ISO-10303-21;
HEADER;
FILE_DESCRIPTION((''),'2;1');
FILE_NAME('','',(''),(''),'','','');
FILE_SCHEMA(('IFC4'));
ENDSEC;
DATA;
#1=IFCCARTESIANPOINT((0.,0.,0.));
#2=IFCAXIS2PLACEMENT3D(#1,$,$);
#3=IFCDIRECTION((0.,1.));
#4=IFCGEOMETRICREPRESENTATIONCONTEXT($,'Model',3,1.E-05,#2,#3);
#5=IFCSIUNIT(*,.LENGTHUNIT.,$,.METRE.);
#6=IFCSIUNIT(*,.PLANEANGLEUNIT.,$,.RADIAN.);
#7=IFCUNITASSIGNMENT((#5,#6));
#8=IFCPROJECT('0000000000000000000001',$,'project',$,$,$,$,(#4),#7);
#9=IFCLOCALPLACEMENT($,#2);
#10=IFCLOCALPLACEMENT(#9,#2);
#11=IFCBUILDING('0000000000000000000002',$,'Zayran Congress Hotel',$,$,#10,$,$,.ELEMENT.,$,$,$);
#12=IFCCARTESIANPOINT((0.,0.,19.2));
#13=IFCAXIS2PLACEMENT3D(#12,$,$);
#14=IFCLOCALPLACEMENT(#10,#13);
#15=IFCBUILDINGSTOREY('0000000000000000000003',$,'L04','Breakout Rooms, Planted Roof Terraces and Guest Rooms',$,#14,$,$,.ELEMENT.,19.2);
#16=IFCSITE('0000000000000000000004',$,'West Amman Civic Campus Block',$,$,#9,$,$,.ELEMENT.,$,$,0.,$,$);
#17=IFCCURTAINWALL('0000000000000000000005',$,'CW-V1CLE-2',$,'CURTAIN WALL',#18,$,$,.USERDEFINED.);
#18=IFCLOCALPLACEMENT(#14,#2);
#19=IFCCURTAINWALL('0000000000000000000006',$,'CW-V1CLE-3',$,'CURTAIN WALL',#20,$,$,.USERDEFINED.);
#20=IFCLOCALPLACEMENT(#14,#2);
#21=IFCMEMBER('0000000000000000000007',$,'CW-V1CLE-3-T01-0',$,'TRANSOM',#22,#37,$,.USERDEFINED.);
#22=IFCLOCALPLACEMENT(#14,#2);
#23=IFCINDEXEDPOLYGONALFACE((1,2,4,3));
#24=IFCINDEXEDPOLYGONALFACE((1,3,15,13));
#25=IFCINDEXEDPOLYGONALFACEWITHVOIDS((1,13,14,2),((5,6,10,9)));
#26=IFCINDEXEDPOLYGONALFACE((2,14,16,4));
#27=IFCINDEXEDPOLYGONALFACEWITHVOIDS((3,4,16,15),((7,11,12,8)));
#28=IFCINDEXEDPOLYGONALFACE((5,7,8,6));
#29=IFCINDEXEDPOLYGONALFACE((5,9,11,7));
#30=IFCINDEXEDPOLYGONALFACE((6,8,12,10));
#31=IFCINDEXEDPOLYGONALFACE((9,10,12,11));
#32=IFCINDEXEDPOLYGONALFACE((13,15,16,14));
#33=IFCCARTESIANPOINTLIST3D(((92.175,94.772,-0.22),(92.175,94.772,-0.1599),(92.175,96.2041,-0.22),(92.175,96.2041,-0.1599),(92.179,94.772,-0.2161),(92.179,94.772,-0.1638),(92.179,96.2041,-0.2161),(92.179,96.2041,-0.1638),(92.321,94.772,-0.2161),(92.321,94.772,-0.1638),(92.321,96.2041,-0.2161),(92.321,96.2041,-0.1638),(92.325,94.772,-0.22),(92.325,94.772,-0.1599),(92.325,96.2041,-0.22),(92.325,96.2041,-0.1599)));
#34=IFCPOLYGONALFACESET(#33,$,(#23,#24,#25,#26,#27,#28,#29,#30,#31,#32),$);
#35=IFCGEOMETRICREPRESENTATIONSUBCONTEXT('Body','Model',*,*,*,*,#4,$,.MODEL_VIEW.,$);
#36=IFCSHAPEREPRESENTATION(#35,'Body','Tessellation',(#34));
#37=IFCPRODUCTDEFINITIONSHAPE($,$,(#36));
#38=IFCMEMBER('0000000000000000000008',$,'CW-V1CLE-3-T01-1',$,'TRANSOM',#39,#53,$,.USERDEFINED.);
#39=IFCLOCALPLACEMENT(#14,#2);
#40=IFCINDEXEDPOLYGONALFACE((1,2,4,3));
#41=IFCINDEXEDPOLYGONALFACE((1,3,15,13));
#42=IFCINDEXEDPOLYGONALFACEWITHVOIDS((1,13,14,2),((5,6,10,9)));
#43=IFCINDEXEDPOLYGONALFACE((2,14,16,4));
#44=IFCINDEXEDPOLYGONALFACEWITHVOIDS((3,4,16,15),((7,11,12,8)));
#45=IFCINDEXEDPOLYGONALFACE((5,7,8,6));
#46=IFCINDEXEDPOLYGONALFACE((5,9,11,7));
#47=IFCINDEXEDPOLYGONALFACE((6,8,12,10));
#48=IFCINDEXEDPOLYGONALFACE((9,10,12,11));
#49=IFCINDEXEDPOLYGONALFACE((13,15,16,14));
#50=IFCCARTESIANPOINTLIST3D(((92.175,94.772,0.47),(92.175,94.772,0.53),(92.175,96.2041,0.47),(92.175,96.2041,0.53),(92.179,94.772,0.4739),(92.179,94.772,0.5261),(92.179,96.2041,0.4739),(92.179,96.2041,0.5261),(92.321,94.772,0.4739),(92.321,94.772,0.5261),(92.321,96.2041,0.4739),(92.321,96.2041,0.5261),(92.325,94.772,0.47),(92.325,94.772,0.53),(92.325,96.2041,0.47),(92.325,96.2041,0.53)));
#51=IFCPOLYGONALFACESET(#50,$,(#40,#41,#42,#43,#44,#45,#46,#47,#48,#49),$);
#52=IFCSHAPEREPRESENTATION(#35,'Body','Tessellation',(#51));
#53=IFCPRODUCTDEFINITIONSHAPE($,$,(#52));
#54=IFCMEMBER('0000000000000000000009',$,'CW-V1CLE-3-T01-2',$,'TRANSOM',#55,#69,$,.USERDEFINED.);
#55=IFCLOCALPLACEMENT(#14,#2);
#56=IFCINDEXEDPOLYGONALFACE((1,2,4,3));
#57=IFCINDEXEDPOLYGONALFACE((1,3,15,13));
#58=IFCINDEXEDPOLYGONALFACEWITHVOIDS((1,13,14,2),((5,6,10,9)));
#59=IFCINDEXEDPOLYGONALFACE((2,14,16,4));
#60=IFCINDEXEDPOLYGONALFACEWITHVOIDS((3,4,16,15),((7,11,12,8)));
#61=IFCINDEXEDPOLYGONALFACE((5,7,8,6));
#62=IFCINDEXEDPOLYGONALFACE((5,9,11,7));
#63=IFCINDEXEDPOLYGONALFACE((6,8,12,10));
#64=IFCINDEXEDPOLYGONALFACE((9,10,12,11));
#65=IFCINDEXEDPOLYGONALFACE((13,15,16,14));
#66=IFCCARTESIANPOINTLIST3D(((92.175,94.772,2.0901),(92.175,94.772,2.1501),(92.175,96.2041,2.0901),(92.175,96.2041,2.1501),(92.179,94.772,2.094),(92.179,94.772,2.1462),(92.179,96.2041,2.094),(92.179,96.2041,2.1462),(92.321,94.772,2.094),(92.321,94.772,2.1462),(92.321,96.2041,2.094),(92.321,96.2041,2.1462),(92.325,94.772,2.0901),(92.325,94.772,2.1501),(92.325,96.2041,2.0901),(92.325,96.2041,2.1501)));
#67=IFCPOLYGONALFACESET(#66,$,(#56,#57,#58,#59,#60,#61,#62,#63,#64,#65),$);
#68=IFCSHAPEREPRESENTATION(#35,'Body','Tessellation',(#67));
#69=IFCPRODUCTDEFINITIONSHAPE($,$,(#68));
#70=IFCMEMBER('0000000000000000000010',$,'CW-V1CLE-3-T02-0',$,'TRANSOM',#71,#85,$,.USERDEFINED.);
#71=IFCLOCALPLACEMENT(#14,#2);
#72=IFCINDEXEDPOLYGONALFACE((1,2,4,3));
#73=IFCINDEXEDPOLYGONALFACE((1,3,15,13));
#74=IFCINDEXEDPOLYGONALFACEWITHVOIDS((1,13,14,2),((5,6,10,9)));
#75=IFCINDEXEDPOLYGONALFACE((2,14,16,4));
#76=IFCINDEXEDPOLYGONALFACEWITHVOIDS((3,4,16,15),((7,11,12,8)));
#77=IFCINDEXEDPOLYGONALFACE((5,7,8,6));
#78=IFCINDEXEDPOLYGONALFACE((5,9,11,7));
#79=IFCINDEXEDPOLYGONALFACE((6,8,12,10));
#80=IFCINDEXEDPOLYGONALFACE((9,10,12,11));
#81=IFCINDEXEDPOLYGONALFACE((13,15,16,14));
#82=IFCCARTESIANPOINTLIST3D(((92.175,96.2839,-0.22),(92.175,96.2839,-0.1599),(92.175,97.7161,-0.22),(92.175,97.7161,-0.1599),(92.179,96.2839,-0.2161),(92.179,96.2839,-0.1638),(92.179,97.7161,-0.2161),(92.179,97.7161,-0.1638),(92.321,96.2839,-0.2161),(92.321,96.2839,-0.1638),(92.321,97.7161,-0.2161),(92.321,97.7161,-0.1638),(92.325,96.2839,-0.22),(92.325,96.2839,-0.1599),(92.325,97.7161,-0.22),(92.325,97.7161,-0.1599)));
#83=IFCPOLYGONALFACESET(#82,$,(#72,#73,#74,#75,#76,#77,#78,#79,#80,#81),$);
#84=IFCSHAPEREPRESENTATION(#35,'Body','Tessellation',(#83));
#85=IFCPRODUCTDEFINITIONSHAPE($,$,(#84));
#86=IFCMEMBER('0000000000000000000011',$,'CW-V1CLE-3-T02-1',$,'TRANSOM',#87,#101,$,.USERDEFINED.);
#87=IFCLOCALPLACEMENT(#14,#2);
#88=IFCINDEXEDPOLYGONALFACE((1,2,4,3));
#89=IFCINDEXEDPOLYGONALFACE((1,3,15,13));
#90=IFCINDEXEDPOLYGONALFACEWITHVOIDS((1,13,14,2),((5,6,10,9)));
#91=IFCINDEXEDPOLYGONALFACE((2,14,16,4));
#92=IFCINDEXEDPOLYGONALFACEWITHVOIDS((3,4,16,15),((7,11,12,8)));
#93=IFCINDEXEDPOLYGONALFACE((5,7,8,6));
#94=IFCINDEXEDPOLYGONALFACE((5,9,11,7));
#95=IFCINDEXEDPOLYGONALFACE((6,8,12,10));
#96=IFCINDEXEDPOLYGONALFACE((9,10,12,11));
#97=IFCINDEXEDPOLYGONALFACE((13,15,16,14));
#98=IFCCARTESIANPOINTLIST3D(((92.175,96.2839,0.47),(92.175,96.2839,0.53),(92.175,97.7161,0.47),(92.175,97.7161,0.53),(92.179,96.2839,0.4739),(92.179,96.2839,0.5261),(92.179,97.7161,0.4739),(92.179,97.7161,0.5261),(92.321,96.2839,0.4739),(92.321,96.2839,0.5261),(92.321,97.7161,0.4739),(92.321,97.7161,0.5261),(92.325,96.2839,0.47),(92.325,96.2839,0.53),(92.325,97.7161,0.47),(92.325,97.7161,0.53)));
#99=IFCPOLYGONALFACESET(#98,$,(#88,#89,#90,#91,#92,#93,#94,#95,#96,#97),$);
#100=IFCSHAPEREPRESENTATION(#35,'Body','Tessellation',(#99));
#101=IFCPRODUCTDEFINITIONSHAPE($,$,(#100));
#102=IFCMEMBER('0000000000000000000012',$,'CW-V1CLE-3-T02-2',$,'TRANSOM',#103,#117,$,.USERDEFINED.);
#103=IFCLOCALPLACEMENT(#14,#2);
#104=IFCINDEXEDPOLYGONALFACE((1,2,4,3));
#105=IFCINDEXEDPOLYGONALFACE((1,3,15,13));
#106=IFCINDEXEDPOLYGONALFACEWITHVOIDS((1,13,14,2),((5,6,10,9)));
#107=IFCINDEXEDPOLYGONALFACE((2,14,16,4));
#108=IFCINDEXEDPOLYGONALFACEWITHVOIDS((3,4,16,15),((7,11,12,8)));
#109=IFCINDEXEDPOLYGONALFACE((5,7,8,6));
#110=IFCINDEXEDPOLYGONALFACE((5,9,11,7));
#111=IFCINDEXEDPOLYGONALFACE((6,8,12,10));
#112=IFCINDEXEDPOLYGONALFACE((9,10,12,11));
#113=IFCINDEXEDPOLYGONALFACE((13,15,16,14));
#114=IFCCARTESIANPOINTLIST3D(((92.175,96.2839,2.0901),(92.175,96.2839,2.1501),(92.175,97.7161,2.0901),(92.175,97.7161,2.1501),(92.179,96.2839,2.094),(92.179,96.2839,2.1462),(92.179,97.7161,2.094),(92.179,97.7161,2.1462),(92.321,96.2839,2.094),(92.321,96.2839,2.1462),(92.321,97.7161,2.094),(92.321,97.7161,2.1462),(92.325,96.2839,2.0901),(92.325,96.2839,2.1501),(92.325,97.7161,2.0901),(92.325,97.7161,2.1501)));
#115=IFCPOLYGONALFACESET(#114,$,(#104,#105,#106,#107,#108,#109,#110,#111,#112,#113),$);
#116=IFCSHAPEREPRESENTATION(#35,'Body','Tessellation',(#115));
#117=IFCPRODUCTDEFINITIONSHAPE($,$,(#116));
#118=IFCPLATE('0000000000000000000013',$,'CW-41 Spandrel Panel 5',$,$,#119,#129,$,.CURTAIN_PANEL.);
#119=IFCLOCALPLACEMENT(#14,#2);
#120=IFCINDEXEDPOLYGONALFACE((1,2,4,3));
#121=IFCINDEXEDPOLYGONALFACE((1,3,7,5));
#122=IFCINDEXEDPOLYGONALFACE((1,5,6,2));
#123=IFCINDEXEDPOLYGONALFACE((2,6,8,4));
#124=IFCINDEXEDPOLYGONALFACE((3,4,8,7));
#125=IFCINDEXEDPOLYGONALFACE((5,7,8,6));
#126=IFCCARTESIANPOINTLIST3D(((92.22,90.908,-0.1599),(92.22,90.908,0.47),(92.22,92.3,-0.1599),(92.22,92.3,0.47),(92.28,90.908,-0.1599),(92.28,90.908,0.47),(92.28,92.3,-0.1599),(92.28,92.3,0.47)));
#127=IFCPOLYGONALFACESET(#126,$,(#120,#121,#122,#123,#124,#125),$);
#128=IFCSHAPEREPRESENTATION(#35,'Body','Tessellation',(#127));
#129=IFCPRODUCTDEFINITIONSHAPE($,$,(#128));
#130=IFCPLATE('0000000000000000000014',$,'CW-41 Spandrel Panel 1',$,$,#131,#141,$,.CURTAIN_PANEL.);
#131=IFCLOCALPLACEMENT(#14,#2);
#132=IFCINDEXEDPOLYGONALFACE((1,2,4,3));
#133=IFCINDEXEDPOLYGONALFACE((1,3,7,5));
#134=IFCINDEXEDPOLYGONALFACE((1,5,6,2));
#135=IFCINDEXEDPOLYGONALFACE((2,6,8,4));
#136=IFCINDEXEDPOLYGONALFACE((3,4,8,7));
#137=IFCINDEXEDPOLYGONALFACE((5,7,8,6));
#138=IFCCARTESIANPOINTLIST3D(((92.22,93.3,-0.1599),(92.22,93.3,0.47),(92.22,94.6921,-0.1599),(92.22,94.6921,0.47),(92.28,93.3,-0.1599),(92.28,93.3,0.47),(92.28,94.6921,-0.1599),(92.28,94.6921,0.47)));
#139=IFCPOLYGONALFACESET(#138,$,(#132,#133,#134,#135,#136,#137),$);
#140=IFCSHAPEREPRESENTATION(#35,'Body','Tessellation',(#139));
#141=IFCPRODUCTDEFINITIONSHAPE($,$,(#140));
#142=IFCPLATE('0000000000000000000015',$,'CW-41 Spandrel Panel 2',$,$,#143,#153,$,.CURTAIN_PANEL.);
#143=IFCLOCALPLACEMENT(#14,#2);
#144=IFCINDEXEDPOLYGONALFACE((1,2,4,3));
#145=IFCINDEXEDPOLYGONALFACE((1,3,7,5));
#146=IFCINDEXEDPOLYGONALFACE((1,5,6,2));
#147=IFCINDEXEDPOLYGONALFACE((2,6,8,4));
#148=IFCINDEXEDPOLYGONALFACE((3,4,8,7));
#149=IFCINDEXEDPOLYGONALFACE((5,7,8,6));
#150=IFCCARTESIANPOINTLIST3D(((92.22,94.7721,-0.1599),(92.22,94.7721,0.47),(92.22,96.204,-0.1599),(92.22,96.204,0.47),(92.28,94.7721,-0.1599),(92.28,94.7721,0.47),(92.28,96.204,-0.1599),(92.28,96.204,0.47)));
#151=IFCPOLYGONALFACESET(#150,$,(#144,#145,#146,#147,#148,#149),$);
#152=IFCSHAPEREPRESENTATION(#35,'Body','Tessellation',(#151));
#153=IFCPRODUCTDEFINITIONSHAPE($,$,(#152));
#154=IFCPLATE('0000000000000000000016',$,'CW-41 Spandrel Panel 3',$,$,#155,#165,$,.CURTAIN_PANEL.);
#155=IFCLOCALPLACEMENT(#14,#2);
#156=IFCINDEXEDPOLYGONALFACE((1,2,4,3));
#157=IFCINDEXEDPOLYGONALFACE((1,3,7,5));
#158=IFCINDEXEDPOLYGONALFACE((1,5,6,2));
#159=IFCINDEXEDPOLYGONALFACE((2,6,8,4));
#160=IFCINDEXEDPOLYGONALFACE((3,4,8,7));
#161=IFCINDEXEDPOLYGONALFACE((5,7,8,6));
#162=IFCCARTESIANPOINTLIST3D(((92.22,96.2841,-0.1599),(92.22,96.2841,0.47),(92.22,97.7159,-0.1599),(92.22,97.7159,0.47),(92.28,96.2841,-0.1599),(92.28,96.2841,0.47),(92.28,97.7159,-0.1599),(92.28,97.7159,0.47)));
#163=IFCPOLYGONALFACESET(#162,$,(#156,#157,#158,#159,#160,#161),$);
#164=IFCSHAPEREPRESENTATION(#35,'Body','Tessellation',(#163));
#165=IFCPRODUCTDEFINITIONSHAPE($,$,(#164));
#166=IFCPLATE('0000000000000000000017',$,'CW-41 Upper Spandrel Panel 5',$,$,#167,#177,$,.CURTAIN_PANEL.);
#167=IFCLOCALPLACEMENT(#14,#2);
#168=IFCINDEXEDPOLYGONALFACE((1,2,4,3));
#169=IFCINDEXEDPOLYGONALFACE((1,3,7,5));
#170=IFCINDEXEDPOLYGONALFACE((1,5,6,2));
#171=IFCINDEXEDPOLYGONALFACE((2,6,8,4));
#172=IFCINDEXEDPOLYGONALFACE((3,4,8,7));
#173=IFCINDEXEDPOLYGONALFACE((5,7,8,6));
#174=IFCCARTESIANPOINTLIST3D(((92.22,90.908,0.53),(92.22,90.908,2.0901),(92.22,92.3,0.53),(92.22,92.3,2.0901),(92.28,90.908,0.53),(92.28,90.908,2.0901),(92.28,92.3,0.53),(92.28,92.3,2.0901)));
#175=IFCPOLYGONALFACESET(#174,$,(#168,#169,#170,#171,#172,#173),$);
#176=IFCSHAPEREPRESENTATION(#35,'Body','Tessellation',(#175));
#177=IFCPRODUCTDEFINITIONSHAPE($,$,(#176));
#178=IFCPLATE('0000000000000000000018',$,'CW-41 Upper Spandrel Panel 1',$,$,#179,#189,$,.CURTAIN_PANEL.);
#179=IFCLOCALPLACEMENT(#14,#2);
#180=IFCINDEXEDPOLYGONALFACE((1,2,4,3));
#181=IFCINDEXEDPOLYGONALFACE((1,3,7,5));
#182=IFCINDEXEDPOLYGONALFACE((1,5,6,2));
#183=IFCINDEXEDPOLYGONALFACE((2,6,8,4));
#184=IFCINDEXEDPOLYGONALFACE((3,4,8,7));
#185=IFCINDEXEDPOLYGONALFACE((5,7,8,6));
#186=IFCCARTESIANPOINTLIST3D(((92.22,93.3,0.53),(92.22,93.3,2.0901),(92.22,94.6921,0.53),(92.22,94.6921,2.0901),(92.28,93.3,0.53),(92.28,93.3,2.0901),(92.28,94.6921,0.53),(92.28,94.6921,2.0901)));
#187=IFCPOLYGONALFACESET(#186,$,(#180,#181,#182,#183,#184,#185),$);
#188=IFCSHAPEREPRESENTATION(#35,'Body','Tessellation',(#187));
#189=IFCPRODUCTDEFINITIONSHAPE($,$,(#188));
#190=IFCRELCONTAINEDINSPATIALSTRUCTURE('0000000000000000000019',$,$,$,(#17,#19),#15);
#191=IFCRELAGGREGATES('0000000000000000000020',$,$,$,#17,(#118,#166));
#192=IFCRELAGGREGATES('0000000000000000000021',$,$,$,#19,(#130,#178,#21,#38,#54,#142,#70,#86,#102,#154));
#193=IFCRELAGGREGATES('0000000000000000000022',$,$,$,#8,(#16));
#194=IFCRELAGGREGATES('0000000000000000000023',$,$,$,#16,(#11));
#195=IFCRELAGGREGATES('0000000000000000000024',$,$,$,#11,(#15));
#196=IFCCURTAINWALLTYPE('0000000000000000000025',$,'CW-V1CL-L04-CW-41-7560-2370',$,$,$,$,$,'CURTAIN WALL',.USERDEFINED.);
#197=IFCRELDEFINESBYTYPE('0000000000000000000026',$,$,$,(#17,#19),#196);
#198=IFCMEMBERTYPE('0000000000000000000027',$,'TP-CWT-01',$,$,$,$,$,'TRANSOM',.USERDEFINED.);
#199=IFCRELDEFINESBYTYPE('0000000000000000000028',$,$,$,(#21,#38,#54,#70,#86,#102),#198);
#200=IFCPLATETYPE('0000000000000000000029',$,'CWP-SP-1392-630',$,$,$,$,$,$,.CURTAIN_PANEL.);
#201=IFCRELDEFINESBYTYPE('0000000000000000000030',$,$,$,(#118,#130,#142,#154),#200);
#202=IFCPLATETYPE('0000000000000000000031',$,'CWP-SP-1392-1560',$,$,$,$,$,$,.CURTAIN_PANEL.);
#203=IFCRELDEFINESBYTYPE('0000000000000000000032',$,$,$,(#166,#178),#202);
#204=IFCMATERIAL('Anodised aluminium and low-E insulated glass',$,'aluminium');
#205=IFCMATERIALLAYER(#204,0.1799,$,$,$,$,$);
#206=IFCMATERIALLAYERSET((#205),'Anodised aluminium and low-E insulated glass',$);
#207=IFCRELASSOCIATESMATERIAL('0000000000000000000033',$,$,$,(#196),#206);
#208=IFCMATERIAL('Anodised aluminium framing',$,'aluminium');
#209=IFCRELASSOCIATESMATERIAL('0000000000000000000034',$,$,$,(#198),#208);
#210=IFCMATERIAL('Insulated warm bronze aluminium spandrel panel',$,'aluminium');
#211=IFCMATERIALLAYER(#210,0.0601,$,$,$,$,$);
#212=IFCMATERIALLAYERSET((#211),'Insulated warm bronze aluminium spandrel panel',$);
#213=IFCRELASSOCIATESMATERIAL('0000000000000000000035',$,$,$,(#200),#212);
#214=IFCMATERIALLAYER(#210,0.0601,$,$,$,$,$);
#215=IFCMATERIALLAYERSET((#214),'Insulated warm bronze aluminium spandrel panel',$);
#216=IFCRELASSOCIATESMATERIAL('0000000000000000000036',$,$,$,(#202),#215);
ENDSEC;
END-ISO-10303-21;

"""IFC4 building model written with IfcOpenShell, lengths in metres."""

from ifc_helpers import new_model, si_unit, direction, frame, origin, origin_2d, place, context, subcontext, project, spatial, rectangle, hollow_rectangle, extrude, material, layer, layer_set, material_profile, profile_set, type_object, element, aggregate, save


model = new_model("IFC4")

# Units and contexts
model_context = context("Model", 3, precision=1e-05, world=origin(), true_north=direction((0.0, 1.0)))
body_context = subcontext(model_context, "Body", "Model", "MODEL_VIEW")
ifc_project = project(units=[si_unit("LENGTHUNIT", "METRE"), si_unit("PLANEANGLEUNIT", "RADIAN")], contexts=[model_context])

# Site, building, storey
site_placement = place(None, origin())
site = spatial("IfcSite", under=ifc_project, at=site_placement, Name="West Amman Civic Campus Block", CompositionType="ELEMENT", RefElevation=0.0)
building_placement = place(site_placement, origin())
building = spatial("IfcBuilding", under=site, at=building_placement, Name="Zayran Congress Hotel", CompositionType="ELEMENT")
storey_placement = place(building_placement, frame((0.0, 0.0, 19.2)))
storey = spatial("IfcBuildingStorey", under=building, at=storey_placement, Name="L04", Description="Breakout Rooms, Planted Roof Terraces and Guest Rooms", CompositionType="ELEMENT", Elevation=19.2)

# Curtain walls
ifc_material_1 = material(Name="Anodised aluminium and low-E insulated glass", Category="aluminium")
ifc_layer_1 = layer(ifc_material_1, 0.1799)
ifc_layer_set_1 = layer_set([ifc_layer_1], Name="Anodised aluminium and low-E insulated glass")
curtain_wall_type = type_object("IfcCurtainWallType", Name="CW-V1CL-L04-CW-41-7560-2370", ElementType="CURTAIN WALL", PredefinedType="USERDEFINED", material=ifc_layer_set_1)
curtain_wall_1_placement = place(storey_placement, origin())
curtain_wall_1 = element("IfcCurtainWall", 1, at=curtain_wall_1_placement, inside=storey, type_object=curtain_wall_type, Name="CW-V1CLE-2", ObjectType="CURTAIN WALL", PredefinedType="USERDEFINED")
ifc_material_2 = material(Name="Anodised aluminium framing", Category="aluminium")
curtain_wall_2_placement = place(storey_placement, origin())
curtain_wall_2 = element("IfcCurtainWall", 2, at=curtain_wall_2_placement, inside=storey, type_object=curtain_wall_type, Name="CW-V1CLE-3", ObjectType="CURTAIN WALL", PredefinedType="USERDEFINED")

# Members
ifc_material_profile_1 = material_profile(ifc_material_2, hollow_rectangle(XDim=0.0601, YDim=0.1499, WallThickness=0.0039, at=origin_2d()), Name="RHS 150x60x4")
ifc_profile_set_1 = profile_set([ifc_material_profile_1], Name="Anodised aluminium framing")
member_type_1 = type_object("IfcMemberType", Name="TP-CWT-01", ElementType="TRANSOM", PredefinedType="USERDEFINED", material=ifc_profile_set_1)
member_1_placement = place(storey_placement, frame((92.25, 94.772, -0.1899), z_axis=(0.0, 1.0, 0.0), x_axis=(0.0, 0.0, 1.0)))
member_1 = element("IfcMember", 3, at=member_1_placement, type_object=member_type_1, Name="CW-V1CLE-3-T01-0", ObjectType="TRANSOM", PredefinedType="USERDEFINED", context=body_context, shape_type="SweptSolid", body=[
    extrude(hollow_rectangle(XDim=0.0601, YDim=0.1499, WallThickness=0.0039, at=origin_2d()), origin(), (0.0, 0.0, 1.0), 1.4321),
])
member_2_placement = place(storey_placement, frame((92.25, 94.772, 0.5), z_axis=(0.0, 1.0, 0.0), x_axis=(0.0, 0.0, 1.0)))
member_2 = element("IfcMember", 4, at=member_2_placement, type_object=member_type_1, Name="CW-V1CLE-3-T01-1", ObjectType="TRANSOM", PredefinedType="USERDEFINED", context=body_context, shape_type="SweptSolid", body=[
    extrude(hollow_rectangle(XDim=0.0601, YDim=0.1499, WallThickness=0.0039, at=origin_2d()), origin(), (0.0, 0.0, 1.0), 1.4321),
])
member_3_placement = place(storey_placement, frame((92.25, 94.772, 2.1201), z_axis=(0.0, 1.0, 0.0), x_axis=(0.0, 0.0, 1.0)))
member_3 = element("IfcMember", 5, at=member_3_placement, type_object=member_type_1, Name="CW-V1CLE-3-T01-2", ObjectType="TRANSOM", PredefinedType="USERDEFINED", context=body_context, shape_type="SweptSolid", body=[
    extrude(hollow_rectangle(XDim=0.0601, YDim=0.1499, WallThickness=0.0039, at=origin_2d()), origin(), (0.0, 0.0, 1.0), 1.4321),
])
member_4_placement = place(storey_placement, frame((92.25, 96.2839, -0.1899), z_axis=(0.0, 1.0, 0.0), x_axis=(0.0, 0.0, 1.0)))
member_4 = element("IfcMember", 6, at=member_4_placement, type_object=member_type_1, Name="CW-V1CLE-3-T02-0", ObjectType="TRANSOM", PredefinedType="USERDEFINED", context=body_context, shape_type="SweptSolid", body=[
    extrude(hollow_rectangle(XDim=0.0601, YDim=0.1499, WallThickness=0.0039, at=origin_2d()), origin(), (0.0, 0.0, 1.0), 1.4321),
])
member_5_placement = place(storey_placement, frame((92.25, 96.2839, 0.5), z_axis=(0.0, 1.0, 0.0), x_axis=(0.0, 0.0, 1.0)))
member_5 = element("IfcMember", 7, at=member_5_placement, type_object=member_type_1, Name="CW-V1CLE-3-T02-1", ObjectType="TRANSOM", PredefinedType="USERDEFINED", context=body_context, shape_type="SweptSolid", body=[
    extrude(hollow_rectangle(XDim=0.0601, YDim=0.1499, WallThickness=0.0039, at=origin_2d()), origin(), (0.0, 0.0, 1.0), 1.4321),
])
member_6_placement = place(storey_placement, frame((92.25, 96.2839, 2.1201), z_axis=(0.0, 1.0, 0.0), x_axis=(0.0, 0.0, 1.0)))
member_6 = element("IfcMember", 8, at=member_6_placement, type_object=member_type_1, Name="CW-V1CLE-3-T02-2", ObjectType="TRANSOM", PredefinedType="USERDEFINED", context=body_context, shape_type="SweptSolid", body=[
    extrude(hollow_rectangle(XDim=0.0601, YDim=0.1499, WallThickness=0.0039, at=origin_2d()), origin(), (0.0, 0.0, 1.0), 1.4321),
])

# Plates
ifc_material_3 = material(Name="Insulated warm bronze aluminium spandrel panel", Category="aluminium")
ifc_layer_2 = layer(ifc_material_3, 0.0601)
ifc_layer_set_2 = layer_set([ifc_layer_2], Name="Insulated warm bronze aluminium spandrel panel")
plate_type_1 = type_object("IfcPlateType", Name="CWP-SP-1392-630", PredefinedType="CURTAIN_PANEL", material=ifc_layer_set_2)
plate_1_placement = place(storey_placement, frame((92.25, 91.604, -0.1599), z_axis=(0.0, 0.0, 1.0), x_axis=(0.0, 1.0, 0.0)))
plate_1 = element("IfcPlate", 9, at=plate_1_placement, type_object=plate_type_1, Name="CW-41 Spandrel Panel 5", PredefinedType="CURTAIN_PANEL", context=body_context, shape_type="SweptSolid", body=[
    extrude(rectangle(XDim=1.3921, YDim=0.0601, at=origin_2d()), origin(), (0.0, 0.0, 1.0), 0.6299),
])
plate_2_placement = place(storey_placement, frame((92.25, 93.9961, -0.1599), z_axis=(0.0, 0.0, 1.0), x_axis=(0.0, 1.0, 0.0)))
plate_2 = element("IfcPlate", 10, at=plate_2_placement, type_object=plate_type_1, Name="CW-41 Spandrel Panel 1", PredefinedType="CURTAIN_PANEL", context=body_context, shape_type="SweptSolid", body=[
    extrude(rectangle(XDim=1.3921, YDim=0.0601, at=origin_2d()), origin(), (0.0, 0.0, 1.0), 0.6299),
])
plate_3_placement = place(storey_placement, frame((92.25, 95.488, -0.1599), z_axis=(0.0, 0.0, 1.0), x_axis=(0.0, 1.0, 0.0)))
plate_3 = element("IfcPlate", 11, at=plate_3_placement, type_object=plate_type_1, Name="CW-41 Spandrel Panel 2", PredefinedType="CURTAIN_PANEL", context=body_context, shape_type="SweptSolid", body=[
    extrude(rectangle(XDim=1.4319, YDim=0.0601, at=origin_2d()), origin(), (0.0, 0.0, 1.0), 0.6299),
])
plate_4_placement = place(storey_placement, frame((92.25, 97.0, -0.1599), z_axis=(0.0, 0.0, 1.0), x_axis=(0.0, 1.0, 0.0)))
plate_4 = element("IfcPlate", 12, at=plate_4_placement, type_object=plate_type_1, Name="CW-41 Spandrel Panel 3", PredefinedType="CURTAIN_PANEL", context=body_context, shape_type="SweptSolid", body=[
    extrude(rectangle(XDim=1.4319, YDim=0.0601, at=origin_2d()), origin(), (0.0, 0.0, 1.0), 0.6299),
])
ifc_layer_3 = layer(ifc_material_3, 0.0601)
ifc_layer_set_3 = layer_set([ifc_layer_3], Name="Insulated warm bronze aluminium spandrel panel")
plate_type_2 = type_object("IfcPlateType", Name="CWP-SP-1392-1560", PredefinedType="CURTAIN_PANEL", material=ifc_layer_set_3)
plate_5_placement = place(storey_placement, frame((92.25, 91.604, 0.53), z_axis=(0.0, 0.0, 1.0), x_axis=(0.0, 1.0, 0.0)))
plate_5 = element("IfcPlate", 13, at=plate_5_placement, type_object=plate_type_2, Name="CW-41 Upper Spandrel Panel 5", PredefinedType="CURTAIN_PANEL", context=body_context, shape_type="SweptSolid", body=[
    extrude(rectangle(XDim=1.3921, YDim=0.0601, at=origin_2d()), origin(), (0.0, 0.0, 1.0), 1.5601),
])
aggregate(curtain_wall_1, [plate_1, plate_5])
plate_6_placement = place(storey_placement, frame((92.25, 93.9961, 0.53), z_axis=(0.0, 0.0, 1.0), x_axis=(0.0, 1.0, 0.0)))
plate_6 = element("IfcPlate", 14, at=plate_6_placement, type_object=plate_type_2, Name="CW-41 Upper Spandrel Panel 1", PredefinedType="CURTAIN_PANEL", context=body_context, shape_type="SweptSolid", body=[
    extrude(rectangle(XDim=1.3921, YDim=0.0601, at=origin_2d()), origin(), (0.0, 0.0, 1.0), 1.5601),
])
aggregate(curtain_wall_2, [plate_2, plate_6, member_1, member_2, member_3, plate_3, member_4, member_5, member_6, plate_4])

save(model, "model.ifc")
